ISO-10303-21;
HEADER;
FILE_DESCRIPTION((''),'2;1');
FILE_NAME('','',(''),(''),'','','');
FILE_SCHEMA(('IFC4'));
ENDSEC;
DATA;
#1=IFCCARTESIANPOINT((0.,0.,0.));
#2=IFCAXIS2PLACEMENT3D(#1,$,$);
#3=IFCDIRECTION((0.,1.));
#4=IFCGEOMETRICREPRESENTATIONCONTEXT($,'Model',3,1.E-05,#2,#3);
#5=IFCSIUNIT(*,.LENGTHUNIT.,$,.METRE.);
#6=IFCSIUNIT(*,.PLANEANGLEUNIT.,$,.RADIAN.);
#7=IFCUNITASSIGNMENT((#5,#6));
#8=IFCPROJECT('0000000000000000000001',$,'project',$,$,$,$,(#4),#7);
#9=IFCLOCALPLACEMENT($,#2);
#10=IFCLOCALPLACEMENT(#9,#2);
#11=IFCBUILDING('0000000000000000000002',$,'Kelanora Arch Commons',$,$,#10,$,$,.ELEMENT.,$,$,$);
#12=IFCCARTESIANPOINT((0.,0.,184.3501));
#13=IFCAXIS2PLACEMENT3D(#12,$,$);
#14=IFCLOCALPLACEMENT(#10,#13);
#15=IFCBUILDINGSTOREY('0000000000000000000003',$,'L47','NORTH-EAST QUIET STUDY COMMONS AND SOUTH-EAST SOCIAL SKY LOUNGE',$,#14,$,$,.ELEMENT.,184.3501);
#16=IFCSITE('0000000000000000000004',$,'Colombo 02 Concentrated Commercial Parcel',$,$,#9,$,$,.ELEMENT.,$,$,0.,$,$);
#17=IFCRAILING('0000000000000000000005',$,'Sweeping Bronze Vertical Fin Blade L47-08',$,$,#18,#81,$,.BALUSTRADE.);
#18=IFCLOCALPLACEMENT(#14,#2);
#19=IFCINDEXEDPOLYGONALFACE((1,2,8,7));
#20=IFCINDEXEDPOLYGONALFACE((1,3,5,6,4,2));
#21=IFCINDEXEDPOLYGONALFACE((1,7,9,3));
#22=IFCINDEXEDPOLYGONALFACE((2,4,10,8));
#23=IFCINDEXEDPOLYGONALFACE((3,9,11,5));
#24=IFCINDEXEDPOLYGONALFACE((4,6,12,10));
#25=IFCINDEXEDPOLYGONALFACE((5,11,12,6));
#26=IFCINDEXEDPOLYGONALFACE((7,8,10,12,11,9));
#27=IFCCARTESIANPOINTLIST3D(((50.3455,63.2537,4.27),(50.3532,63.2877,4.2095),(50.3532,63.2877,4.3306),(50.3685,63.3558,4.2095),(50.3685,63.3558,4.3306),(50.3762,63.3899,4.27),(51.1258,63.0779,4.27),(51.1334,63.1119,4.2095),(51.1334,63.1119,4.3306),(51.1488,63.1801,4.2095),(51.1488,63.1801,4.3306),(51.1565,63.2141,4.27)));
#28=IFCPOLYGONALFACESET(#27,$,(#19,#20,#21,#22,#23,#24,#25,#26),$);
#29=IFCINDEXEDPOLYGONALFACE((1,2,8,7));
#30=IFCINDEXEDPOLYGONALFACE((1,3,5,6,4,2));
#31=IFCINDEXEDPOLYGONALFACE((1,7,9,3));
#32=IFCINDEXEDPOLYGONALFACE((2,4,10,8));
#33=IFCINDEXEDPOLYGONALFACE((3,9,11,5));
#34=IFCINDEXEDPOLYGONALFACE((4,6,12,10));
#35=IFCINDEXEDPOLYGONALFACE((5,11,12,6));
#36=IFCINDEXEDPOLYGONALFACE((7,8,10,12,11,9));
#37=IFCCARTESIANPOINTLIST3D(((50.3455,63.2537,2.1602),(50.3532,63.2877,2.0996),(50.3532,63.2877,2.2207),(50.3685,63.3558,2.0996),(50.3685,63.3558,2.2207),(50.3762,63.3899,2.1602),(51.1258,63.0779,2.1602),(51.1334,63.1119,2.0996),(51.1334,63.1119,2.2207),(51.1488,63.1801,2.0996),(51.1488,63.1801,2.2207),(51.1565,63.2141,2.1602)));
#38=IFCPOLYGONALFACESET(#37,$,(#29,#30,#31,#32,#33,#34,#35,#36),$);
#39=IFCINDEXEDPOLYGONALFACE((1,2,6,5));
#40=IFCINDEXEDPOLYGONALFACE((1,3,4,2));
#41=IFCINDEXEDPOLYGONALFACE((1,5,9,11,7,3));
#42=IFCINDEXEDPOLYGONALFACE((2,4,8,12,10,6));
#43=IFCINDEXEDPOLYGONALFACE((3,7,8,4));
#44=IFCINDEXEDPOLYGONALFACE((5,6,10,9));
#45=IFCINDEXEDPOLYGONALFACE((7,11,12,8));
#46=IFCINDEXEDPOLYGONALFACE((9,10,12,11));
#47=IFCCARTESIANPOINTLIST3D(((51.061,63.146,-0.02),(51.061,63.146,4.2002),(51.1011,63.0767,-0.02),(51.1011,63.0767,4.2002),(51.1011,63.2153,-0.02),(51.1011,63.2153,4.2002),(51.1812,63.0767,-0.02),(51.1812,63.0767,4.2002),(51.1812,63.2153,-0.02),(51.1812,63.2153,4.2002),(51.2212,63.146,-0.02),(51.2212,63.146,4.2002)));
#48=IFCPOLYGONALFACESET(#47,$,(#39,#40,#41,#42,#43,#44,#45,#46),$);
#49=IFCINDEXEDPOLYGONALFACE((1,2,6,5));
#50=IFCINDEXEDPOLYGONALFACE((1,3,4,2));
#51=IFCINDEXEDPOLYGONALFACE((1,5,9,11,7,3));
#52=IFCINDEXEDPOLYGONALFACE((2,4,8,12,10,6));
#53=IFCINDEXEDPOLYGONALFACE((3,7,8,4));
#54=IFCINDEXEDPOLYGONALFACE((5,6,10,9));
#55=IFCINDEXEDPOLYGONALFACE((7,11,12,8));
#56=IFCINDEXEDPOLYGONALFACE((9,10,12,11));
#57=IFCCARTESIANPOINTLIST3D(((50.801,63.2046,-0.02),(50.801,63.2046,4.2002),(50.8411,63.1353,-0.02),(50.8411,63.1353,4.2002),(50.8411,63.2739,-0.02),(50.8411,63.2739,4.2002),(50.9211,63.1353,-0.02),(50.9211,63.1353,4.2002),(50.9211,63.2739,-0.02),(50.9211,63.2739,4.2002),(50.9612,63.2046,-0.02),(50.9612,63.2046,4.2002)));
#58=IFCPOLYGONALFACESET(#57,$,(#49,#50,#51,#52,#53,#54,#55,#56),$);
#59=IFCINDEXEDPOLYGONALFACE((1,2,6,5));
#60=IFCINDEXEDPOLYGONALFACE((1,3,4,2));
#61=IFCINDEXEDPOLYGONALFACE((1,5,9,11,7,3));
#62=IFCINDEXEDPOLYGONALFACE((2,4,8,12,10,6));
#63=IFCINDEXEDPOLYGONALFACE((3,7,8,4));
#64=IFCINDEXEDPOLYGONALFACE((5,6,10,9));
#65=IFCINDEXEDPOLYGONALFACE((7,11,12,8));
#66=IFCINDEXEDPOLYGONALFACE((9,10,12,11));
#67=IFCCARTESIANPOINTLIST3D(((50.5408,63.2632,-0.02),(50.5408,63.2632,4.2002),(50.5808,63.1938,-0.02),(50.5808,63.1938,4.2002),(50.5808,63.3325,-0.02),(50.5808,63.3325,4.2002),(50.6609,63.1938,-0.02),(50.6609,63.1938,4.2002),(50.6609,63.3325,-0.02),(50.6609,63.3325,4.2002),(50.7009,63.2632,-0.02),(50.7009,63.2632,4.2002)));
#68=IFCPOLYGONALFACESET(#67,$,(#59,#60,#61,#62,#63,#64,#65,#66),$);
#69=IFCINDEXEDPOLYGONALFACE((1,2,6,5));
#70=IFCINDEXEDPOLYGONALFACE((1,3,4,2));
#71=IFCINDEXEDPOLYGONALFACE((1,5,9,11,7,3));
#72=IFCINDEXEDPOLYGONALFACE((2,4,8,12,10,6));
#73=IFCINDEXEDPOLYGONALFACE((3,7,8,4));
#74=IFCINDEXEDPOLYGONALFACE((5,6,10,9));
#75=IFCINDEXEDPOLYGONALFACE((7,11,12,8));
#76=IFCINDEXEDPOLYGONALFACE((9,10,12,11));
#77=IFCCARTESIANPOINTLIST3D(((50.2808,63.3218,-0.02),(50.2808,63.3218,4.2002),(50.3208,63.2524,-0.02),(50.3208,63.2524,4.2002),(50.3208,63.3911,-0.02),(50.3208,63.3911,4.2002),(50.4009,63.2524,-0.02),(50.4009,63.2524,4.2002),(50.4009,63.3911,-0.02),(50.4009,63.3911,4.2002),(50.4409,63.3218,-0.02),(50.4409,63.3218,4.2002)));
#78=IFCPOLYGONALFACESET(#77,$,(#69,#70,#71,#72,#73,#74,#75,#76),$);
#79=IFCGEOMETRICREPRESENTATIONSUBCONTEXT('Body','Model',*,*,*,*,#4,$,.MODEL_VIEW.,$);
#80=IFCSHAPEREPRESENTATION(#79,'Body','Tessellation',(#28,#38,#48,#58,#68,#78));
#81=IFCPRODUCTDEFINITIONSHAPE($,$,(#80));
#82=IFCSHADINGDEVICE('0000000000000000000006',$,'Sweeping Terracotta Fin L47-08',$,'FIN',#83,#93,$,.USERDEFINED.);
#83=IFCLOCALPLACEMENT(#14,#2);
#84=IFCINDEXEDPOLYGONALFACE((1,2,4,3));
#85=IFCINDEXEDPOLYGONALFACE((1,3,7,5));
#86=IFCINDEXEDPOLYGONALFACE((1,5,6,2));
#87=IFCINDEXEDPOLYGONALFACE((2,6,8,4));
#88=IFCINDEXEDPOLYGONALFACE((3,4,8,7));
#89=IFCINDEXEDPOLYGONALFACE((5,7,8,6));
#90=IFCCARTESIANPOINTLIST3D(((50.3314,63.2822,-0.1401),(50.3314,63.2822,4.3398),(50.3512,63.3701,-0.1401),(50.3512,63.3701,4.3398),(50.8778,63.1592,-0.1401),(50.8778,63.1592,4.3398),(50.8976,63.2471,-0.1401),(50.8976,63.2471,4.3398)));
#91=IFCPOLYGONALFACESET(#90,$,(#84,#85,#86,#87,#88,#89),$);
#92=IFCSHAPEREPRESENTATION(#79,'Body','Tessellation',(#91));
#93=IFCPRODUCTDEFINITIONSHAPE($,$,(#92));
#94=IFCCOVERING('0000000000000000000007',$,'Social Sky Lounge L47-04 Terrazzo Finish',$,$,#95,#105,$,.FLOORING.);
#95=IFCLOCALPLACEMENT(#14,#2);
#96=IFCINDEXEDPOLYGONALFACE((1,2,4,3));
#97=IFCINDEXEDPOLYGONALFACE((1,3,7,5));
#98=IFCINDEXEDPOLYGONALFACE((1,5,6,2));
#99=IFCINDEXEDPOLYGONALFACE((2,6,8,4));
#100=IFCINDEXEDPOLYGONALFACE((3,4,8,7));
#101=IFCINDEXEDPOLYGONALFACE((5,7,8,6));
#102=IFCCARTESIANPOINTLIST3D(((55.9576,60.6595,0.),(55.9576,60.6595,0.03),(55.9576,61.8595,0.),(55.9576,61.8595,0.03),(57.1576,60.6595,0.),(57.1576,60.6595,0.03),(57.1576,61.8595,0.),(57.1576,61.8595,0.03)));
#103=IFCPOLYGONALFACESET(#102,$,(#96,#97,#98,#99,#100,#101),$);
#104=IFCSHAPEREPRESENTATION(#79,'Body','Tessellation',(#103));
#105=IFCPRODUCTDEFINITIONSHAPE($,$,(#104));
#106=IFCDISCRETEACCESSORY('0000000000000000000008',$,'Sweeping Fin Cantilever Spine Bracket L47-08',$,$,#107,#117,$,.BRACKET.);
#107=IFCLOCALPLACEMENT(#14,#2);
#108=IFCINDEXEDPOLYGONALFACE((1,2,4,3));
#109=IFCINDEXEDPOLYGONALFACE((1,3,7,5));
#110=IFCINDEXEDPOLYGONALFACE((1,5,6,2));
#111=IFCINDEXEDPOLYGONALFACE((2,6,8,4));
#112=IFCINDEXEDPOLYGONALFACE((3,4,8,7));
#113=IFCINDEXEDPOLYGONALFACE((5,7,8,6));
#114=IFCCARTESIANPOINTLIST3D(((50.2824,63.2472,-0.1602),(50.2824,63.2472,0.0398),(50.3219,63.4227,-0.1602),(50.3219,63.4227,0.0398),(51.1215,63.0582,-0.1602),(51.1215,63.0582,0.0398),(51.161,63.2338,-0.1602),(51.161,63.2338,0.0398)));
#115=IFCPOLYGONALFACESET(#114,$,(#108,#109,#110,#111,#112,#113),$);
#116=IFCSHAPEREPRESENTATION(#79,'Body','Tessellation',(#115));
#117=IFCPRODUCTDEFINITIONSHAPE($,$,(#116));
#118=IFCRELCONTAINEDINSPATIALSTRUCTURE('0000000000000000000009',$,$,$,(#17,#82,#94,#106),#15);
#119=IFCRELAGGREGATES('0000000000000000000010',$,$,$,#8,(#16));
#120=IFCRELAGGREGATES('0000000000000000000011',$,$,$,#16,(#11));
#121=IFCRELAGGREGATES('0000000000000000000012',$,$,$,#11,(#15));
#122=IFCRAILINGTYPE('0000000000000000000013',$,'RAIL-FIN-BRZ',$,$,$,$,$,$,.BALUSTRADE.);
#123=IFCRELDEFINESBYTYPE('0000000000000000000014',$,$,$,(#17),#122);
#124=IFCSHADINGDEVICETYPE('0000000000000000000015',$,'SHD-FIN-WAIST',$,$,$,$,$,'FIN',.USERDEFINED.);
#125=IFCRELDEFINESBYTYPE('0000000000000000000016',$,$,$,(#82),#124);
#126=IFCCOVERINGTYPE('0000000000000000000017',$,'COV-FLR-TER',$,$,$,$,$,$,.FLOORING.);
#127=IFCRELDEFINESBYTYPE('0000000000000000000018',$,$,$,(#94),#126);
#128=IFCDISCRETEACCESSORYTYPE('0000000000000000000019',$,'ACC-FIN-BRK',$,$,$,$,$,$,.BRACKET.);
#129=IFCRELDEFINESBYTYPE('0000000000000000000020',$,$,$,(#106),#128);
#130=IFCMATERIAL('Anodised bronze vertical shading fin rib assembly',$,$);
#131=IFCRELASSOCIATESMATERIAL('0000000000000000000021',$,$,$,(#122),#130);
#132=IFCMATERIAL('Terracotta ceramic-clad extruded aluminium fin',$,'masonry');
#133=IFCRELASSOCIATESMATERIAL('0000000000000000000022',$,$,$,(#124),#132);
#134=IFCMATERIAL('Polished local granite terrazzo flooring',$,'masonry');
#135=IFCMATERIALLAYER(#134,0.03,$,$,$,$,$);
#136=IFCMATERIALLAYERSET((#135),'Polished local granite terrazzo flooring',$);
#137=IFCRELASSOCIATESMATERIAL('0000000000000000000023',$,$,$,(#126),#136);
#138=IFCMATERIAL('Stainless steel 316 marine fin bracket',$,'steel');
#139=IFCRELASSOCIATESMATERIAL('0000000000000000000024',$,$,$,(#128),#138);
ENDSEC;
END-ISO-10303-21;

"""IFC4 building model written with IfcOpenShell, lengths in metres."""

from ifc_helpers import new_model, si_unit, direction, frame, origin, origin_2d, place, context, subcontext, project, spatial, polyline, rectangle, outline, extrude, source, transform, mapped, material, layer, layer_set, type_object, element, save


model = new_model("IFC4")

# Units and contexts
model_context = context("Model", 3, precision=1e-05, world=origin(), true_north=direction((0.0, 1.0)))
body_context = subcontext(model_context, "Body", "Model", "MODEL_VIEW")
ifc_project = project(units=[si_unit("LENGTHUNIT", "METRE"), si_unit("PLANEANGLEUNIT", "RADIAN")], contexts=[model_context])

# Site, building, storey
site_placement = place(None, origin())
site = spatial("IfcSite", under=ifc_project, at=site_placement, Name="Colombo 02 Concentrated Commercial Parcel", CompositionType="ELEMENT", RefElevation=0.0)
building_placement = place(site_placement, origin())
building = spatial("IfcBuilding", under=site, at=building_placement, Name="Kelanora Arch Commons", CompositionType="ELEMENT")
storey_placement = place(building_placement, frame((0.0, 0.0, 184.3501)))
storey = spatial("IfcBuildingStorey", under=building, at=storey_placement, Name="L47", Description="NORTH-EAST QUIET STUDY COMMONS AND SOUTH-EAST SOCIAL SKY LOUNGE", CompositionType="ELEMENT", Elevation=184.3501)

# Railing
ifc_material_1 = material(Name="Anodised bronze vertical shading fin rib assembly")
railing_type = type_object("IfcRailingType", Name="RAIL-FIN-BRZ", PredefinedType="BALUSTRADE", material=ifc_material_1)
railing_placement = place(storey_placement, frame((51.1411, 63.146, -0.02)))
element("IfcRailing", 1, at=railing_placement, inside=storey, type_object=railing_type, Name="Sweeping Bronze Vertical Fin Blade L47-08", PredefinedType="BALUSTRADE", context=body_context, shape_type="SweptSolid", body=[
    extrude(outline(polyline([(0.0698, 0.0), (0.0349, 0.0605), (-0.0349, 0.0605), (-0.0698, 0.0), (-0.0349, -0.0605), (0.0349, -0.0605), (0.0698, 0.0)])), frame((0.0, 0.0, 4.29), z_axis=(-0.975551, 0.219774, 0.0), x_axis=(-0.219774, -0.975551, 0.0)), (0.0, 0.0, 1.0), 0.7998),
    extrude(outline(polyline([(0.0698, 0.0), (0.0349, 0.0605), (-0.0349, 0.0605), (-0.0698, 0.0), (-0.0349, -0.0605), (0.0349, -0.0605), (0.0698, 0.0)])), frame((0.0, 0.0, 2.1802), z_axis=(-0.975551, 0.219774, 0.0), x_axis=(-0.219774, -0.975551, 0.0)), (0.0, 0.0, 1.0), 0.7998),
    extrude(outline(polyline([(0.0801, 0.0), (0.04, 0.0693), (-0.04, 0.0693), (-0.0801, 0.0), (-0.04, -0.0693), (0.04, -0.0693), (0.0801, 0.0)])), origin(), (0.0, 0.0, 1.0), 4.2202),
    extrude(outline(polyline([(0.0801, 0.0), (0.04, 0.0693), (-0.04, 0.0693), (-0.0801, 0.0), (-0.04, -0.0693), (0.04, -0.0693), (0.0801, 0.0)])), frame((-0.26, 0.0586, 0.0)), (0.0, 0.0, 1.0), 4.2202),
    extrude(outline(polyline([(0.0801, 0.0), (0.04, 0.0693), (-0.04, 0.0693), (-0.0801, 0.0), (-0.04, -0.0693), (0.04, -0.0693), (0.0801, 0.0)])), frame((-0.5203, 0.1172, 0.0)), (0.0, 0.0, 1.0), 4.2202),
    extrude(outline(polyline([(0.0801, 0.0), (0.04, 0.0693), (-0.04, 0.0693), (-0.0801, 0.0), (-0.04, -0.0693), (0.04, -0.0693), (0.0801, 0.0)])), frame((-0.7803, 0.1758, 0.0)), (0.0, 0.0, 1.0), 4.2202),
])

# Shading device
ifc_material_2 = material(Name="Terracotta ceramic-clad extruded aluminium fin", Category="masonry")
shading_device_type = type_object("IfcShadingDeviceType", Name="SHD-FIN-WAIST", ElementType="FIN", PredefinedType="USERDEFINED", material=ifc_material_2)
shared_shape_1 = source(origin(), body_context, "Body", "SweptSolid", [
    extrude(rectangle(XDim=0.5601, YDim=0.0901, at=origin_2d()), origin(), (0.0, 0.0, 1.0), 4.48),
])
shading_device_placement = place(storey_placement, frame((50.6145, 63.2646, -0.1401), z_axis=(0.0, 0.0, 1.0), x_axis=(-0.975573, 0.219676, 0.0)))
element("IfcShadingDevice", 2, at=shading_device_placement, inside=storey, type_object=shading_device_type, Name="Sweeping Terracotta Fin L47-08", ObjectType="FIN", PredefinedType="USERDEFINED", context=body_context, shape_type="MappedRepresentation", body=[
    mapped(shared_shape_1, transform((0.0, 0.0, 0.0), scale=1.0)),
])

# Covering
ifc_material_3 = material(Name="Polished local granite terrazzo flooring", Category="masonry")
ifc_layer_1 = layer(ifc_material_3, 0.03)
ifc_layer_set_1 = layer_set([ifc_layer_1], Name="Polished local granite terrazzo flooring")
covering_type = type_object("IfcCoveringType", Name="COV-FLR-TER", PredefinedType="FLOORING", material=ifc_layer_set_1)
shared_shape_2 = source(origin(), body_context, "Body", "SweptSolid", [
    extrude(rectangle(XDim=1.2, YDim=1.2, at=origin_2d()), origin(), (0.0, 0.0, 1.0), 0.03),
])
covering_placement = place(storey_placement, frame((56.5576, 61.2595, 0.0), z_axis=(0.0, 0.0, 1.0), x_axis=(1.0, 0.0, 0.0)))
element("IfcCovering", 3, at=covering_placement, inside=storey, type_object=covering_type, Name="Social Sky Lounge L47-04 Terrazzo Finish", PredefinedType="FLOORING", context=body_context, shape_type="MappedRepresentation", body=[
    mapped(shared_shape_2, transform((0.0, 0.0, 0.0), scale=1.0)),
])

# Discrete accessory
ifc_material_4 = material(Name="Stainless steel 316 marine fin bracket", Category="steel")
discrete_accessory_type = type_object("IfcDiscreteAccessoryType", Name="ACC-FIN-BRK", PredefinedType="BRACKET", material=ifc_material_4)
shared_shape_3 = source(origin(), body_context, "Body", "SweptSolid", [
    extrude(rectangle(XDim=0.8601, YDim=0.1799, at=origin_2d()), origin(), (0.0, 0.0, 1.0), 0.2),
])
discrete_accessory_placement = place(storey_placement, frame((50.7217, 63.2405, -0.1602), z_axis=(0.0, 0.0, 1.0), x_axis=(-0.975573, 0.219676, 0.0)))
element("IfcDiscreteAccessory", 4, at=discrete_accessory_placement, inside=storey, type_object=discrete_accessory_type, Name="Sweeping Fin Cantilever Spine Bracket L47-08", PredefinedType="BRACKET", context=body_context, shape_type="MappedRepresentation", body=[
    mapped(shared_shape_3, transform((0.0, 0.0, 0.0), scale=1.0)),
])

save(model, "model.ifc")
